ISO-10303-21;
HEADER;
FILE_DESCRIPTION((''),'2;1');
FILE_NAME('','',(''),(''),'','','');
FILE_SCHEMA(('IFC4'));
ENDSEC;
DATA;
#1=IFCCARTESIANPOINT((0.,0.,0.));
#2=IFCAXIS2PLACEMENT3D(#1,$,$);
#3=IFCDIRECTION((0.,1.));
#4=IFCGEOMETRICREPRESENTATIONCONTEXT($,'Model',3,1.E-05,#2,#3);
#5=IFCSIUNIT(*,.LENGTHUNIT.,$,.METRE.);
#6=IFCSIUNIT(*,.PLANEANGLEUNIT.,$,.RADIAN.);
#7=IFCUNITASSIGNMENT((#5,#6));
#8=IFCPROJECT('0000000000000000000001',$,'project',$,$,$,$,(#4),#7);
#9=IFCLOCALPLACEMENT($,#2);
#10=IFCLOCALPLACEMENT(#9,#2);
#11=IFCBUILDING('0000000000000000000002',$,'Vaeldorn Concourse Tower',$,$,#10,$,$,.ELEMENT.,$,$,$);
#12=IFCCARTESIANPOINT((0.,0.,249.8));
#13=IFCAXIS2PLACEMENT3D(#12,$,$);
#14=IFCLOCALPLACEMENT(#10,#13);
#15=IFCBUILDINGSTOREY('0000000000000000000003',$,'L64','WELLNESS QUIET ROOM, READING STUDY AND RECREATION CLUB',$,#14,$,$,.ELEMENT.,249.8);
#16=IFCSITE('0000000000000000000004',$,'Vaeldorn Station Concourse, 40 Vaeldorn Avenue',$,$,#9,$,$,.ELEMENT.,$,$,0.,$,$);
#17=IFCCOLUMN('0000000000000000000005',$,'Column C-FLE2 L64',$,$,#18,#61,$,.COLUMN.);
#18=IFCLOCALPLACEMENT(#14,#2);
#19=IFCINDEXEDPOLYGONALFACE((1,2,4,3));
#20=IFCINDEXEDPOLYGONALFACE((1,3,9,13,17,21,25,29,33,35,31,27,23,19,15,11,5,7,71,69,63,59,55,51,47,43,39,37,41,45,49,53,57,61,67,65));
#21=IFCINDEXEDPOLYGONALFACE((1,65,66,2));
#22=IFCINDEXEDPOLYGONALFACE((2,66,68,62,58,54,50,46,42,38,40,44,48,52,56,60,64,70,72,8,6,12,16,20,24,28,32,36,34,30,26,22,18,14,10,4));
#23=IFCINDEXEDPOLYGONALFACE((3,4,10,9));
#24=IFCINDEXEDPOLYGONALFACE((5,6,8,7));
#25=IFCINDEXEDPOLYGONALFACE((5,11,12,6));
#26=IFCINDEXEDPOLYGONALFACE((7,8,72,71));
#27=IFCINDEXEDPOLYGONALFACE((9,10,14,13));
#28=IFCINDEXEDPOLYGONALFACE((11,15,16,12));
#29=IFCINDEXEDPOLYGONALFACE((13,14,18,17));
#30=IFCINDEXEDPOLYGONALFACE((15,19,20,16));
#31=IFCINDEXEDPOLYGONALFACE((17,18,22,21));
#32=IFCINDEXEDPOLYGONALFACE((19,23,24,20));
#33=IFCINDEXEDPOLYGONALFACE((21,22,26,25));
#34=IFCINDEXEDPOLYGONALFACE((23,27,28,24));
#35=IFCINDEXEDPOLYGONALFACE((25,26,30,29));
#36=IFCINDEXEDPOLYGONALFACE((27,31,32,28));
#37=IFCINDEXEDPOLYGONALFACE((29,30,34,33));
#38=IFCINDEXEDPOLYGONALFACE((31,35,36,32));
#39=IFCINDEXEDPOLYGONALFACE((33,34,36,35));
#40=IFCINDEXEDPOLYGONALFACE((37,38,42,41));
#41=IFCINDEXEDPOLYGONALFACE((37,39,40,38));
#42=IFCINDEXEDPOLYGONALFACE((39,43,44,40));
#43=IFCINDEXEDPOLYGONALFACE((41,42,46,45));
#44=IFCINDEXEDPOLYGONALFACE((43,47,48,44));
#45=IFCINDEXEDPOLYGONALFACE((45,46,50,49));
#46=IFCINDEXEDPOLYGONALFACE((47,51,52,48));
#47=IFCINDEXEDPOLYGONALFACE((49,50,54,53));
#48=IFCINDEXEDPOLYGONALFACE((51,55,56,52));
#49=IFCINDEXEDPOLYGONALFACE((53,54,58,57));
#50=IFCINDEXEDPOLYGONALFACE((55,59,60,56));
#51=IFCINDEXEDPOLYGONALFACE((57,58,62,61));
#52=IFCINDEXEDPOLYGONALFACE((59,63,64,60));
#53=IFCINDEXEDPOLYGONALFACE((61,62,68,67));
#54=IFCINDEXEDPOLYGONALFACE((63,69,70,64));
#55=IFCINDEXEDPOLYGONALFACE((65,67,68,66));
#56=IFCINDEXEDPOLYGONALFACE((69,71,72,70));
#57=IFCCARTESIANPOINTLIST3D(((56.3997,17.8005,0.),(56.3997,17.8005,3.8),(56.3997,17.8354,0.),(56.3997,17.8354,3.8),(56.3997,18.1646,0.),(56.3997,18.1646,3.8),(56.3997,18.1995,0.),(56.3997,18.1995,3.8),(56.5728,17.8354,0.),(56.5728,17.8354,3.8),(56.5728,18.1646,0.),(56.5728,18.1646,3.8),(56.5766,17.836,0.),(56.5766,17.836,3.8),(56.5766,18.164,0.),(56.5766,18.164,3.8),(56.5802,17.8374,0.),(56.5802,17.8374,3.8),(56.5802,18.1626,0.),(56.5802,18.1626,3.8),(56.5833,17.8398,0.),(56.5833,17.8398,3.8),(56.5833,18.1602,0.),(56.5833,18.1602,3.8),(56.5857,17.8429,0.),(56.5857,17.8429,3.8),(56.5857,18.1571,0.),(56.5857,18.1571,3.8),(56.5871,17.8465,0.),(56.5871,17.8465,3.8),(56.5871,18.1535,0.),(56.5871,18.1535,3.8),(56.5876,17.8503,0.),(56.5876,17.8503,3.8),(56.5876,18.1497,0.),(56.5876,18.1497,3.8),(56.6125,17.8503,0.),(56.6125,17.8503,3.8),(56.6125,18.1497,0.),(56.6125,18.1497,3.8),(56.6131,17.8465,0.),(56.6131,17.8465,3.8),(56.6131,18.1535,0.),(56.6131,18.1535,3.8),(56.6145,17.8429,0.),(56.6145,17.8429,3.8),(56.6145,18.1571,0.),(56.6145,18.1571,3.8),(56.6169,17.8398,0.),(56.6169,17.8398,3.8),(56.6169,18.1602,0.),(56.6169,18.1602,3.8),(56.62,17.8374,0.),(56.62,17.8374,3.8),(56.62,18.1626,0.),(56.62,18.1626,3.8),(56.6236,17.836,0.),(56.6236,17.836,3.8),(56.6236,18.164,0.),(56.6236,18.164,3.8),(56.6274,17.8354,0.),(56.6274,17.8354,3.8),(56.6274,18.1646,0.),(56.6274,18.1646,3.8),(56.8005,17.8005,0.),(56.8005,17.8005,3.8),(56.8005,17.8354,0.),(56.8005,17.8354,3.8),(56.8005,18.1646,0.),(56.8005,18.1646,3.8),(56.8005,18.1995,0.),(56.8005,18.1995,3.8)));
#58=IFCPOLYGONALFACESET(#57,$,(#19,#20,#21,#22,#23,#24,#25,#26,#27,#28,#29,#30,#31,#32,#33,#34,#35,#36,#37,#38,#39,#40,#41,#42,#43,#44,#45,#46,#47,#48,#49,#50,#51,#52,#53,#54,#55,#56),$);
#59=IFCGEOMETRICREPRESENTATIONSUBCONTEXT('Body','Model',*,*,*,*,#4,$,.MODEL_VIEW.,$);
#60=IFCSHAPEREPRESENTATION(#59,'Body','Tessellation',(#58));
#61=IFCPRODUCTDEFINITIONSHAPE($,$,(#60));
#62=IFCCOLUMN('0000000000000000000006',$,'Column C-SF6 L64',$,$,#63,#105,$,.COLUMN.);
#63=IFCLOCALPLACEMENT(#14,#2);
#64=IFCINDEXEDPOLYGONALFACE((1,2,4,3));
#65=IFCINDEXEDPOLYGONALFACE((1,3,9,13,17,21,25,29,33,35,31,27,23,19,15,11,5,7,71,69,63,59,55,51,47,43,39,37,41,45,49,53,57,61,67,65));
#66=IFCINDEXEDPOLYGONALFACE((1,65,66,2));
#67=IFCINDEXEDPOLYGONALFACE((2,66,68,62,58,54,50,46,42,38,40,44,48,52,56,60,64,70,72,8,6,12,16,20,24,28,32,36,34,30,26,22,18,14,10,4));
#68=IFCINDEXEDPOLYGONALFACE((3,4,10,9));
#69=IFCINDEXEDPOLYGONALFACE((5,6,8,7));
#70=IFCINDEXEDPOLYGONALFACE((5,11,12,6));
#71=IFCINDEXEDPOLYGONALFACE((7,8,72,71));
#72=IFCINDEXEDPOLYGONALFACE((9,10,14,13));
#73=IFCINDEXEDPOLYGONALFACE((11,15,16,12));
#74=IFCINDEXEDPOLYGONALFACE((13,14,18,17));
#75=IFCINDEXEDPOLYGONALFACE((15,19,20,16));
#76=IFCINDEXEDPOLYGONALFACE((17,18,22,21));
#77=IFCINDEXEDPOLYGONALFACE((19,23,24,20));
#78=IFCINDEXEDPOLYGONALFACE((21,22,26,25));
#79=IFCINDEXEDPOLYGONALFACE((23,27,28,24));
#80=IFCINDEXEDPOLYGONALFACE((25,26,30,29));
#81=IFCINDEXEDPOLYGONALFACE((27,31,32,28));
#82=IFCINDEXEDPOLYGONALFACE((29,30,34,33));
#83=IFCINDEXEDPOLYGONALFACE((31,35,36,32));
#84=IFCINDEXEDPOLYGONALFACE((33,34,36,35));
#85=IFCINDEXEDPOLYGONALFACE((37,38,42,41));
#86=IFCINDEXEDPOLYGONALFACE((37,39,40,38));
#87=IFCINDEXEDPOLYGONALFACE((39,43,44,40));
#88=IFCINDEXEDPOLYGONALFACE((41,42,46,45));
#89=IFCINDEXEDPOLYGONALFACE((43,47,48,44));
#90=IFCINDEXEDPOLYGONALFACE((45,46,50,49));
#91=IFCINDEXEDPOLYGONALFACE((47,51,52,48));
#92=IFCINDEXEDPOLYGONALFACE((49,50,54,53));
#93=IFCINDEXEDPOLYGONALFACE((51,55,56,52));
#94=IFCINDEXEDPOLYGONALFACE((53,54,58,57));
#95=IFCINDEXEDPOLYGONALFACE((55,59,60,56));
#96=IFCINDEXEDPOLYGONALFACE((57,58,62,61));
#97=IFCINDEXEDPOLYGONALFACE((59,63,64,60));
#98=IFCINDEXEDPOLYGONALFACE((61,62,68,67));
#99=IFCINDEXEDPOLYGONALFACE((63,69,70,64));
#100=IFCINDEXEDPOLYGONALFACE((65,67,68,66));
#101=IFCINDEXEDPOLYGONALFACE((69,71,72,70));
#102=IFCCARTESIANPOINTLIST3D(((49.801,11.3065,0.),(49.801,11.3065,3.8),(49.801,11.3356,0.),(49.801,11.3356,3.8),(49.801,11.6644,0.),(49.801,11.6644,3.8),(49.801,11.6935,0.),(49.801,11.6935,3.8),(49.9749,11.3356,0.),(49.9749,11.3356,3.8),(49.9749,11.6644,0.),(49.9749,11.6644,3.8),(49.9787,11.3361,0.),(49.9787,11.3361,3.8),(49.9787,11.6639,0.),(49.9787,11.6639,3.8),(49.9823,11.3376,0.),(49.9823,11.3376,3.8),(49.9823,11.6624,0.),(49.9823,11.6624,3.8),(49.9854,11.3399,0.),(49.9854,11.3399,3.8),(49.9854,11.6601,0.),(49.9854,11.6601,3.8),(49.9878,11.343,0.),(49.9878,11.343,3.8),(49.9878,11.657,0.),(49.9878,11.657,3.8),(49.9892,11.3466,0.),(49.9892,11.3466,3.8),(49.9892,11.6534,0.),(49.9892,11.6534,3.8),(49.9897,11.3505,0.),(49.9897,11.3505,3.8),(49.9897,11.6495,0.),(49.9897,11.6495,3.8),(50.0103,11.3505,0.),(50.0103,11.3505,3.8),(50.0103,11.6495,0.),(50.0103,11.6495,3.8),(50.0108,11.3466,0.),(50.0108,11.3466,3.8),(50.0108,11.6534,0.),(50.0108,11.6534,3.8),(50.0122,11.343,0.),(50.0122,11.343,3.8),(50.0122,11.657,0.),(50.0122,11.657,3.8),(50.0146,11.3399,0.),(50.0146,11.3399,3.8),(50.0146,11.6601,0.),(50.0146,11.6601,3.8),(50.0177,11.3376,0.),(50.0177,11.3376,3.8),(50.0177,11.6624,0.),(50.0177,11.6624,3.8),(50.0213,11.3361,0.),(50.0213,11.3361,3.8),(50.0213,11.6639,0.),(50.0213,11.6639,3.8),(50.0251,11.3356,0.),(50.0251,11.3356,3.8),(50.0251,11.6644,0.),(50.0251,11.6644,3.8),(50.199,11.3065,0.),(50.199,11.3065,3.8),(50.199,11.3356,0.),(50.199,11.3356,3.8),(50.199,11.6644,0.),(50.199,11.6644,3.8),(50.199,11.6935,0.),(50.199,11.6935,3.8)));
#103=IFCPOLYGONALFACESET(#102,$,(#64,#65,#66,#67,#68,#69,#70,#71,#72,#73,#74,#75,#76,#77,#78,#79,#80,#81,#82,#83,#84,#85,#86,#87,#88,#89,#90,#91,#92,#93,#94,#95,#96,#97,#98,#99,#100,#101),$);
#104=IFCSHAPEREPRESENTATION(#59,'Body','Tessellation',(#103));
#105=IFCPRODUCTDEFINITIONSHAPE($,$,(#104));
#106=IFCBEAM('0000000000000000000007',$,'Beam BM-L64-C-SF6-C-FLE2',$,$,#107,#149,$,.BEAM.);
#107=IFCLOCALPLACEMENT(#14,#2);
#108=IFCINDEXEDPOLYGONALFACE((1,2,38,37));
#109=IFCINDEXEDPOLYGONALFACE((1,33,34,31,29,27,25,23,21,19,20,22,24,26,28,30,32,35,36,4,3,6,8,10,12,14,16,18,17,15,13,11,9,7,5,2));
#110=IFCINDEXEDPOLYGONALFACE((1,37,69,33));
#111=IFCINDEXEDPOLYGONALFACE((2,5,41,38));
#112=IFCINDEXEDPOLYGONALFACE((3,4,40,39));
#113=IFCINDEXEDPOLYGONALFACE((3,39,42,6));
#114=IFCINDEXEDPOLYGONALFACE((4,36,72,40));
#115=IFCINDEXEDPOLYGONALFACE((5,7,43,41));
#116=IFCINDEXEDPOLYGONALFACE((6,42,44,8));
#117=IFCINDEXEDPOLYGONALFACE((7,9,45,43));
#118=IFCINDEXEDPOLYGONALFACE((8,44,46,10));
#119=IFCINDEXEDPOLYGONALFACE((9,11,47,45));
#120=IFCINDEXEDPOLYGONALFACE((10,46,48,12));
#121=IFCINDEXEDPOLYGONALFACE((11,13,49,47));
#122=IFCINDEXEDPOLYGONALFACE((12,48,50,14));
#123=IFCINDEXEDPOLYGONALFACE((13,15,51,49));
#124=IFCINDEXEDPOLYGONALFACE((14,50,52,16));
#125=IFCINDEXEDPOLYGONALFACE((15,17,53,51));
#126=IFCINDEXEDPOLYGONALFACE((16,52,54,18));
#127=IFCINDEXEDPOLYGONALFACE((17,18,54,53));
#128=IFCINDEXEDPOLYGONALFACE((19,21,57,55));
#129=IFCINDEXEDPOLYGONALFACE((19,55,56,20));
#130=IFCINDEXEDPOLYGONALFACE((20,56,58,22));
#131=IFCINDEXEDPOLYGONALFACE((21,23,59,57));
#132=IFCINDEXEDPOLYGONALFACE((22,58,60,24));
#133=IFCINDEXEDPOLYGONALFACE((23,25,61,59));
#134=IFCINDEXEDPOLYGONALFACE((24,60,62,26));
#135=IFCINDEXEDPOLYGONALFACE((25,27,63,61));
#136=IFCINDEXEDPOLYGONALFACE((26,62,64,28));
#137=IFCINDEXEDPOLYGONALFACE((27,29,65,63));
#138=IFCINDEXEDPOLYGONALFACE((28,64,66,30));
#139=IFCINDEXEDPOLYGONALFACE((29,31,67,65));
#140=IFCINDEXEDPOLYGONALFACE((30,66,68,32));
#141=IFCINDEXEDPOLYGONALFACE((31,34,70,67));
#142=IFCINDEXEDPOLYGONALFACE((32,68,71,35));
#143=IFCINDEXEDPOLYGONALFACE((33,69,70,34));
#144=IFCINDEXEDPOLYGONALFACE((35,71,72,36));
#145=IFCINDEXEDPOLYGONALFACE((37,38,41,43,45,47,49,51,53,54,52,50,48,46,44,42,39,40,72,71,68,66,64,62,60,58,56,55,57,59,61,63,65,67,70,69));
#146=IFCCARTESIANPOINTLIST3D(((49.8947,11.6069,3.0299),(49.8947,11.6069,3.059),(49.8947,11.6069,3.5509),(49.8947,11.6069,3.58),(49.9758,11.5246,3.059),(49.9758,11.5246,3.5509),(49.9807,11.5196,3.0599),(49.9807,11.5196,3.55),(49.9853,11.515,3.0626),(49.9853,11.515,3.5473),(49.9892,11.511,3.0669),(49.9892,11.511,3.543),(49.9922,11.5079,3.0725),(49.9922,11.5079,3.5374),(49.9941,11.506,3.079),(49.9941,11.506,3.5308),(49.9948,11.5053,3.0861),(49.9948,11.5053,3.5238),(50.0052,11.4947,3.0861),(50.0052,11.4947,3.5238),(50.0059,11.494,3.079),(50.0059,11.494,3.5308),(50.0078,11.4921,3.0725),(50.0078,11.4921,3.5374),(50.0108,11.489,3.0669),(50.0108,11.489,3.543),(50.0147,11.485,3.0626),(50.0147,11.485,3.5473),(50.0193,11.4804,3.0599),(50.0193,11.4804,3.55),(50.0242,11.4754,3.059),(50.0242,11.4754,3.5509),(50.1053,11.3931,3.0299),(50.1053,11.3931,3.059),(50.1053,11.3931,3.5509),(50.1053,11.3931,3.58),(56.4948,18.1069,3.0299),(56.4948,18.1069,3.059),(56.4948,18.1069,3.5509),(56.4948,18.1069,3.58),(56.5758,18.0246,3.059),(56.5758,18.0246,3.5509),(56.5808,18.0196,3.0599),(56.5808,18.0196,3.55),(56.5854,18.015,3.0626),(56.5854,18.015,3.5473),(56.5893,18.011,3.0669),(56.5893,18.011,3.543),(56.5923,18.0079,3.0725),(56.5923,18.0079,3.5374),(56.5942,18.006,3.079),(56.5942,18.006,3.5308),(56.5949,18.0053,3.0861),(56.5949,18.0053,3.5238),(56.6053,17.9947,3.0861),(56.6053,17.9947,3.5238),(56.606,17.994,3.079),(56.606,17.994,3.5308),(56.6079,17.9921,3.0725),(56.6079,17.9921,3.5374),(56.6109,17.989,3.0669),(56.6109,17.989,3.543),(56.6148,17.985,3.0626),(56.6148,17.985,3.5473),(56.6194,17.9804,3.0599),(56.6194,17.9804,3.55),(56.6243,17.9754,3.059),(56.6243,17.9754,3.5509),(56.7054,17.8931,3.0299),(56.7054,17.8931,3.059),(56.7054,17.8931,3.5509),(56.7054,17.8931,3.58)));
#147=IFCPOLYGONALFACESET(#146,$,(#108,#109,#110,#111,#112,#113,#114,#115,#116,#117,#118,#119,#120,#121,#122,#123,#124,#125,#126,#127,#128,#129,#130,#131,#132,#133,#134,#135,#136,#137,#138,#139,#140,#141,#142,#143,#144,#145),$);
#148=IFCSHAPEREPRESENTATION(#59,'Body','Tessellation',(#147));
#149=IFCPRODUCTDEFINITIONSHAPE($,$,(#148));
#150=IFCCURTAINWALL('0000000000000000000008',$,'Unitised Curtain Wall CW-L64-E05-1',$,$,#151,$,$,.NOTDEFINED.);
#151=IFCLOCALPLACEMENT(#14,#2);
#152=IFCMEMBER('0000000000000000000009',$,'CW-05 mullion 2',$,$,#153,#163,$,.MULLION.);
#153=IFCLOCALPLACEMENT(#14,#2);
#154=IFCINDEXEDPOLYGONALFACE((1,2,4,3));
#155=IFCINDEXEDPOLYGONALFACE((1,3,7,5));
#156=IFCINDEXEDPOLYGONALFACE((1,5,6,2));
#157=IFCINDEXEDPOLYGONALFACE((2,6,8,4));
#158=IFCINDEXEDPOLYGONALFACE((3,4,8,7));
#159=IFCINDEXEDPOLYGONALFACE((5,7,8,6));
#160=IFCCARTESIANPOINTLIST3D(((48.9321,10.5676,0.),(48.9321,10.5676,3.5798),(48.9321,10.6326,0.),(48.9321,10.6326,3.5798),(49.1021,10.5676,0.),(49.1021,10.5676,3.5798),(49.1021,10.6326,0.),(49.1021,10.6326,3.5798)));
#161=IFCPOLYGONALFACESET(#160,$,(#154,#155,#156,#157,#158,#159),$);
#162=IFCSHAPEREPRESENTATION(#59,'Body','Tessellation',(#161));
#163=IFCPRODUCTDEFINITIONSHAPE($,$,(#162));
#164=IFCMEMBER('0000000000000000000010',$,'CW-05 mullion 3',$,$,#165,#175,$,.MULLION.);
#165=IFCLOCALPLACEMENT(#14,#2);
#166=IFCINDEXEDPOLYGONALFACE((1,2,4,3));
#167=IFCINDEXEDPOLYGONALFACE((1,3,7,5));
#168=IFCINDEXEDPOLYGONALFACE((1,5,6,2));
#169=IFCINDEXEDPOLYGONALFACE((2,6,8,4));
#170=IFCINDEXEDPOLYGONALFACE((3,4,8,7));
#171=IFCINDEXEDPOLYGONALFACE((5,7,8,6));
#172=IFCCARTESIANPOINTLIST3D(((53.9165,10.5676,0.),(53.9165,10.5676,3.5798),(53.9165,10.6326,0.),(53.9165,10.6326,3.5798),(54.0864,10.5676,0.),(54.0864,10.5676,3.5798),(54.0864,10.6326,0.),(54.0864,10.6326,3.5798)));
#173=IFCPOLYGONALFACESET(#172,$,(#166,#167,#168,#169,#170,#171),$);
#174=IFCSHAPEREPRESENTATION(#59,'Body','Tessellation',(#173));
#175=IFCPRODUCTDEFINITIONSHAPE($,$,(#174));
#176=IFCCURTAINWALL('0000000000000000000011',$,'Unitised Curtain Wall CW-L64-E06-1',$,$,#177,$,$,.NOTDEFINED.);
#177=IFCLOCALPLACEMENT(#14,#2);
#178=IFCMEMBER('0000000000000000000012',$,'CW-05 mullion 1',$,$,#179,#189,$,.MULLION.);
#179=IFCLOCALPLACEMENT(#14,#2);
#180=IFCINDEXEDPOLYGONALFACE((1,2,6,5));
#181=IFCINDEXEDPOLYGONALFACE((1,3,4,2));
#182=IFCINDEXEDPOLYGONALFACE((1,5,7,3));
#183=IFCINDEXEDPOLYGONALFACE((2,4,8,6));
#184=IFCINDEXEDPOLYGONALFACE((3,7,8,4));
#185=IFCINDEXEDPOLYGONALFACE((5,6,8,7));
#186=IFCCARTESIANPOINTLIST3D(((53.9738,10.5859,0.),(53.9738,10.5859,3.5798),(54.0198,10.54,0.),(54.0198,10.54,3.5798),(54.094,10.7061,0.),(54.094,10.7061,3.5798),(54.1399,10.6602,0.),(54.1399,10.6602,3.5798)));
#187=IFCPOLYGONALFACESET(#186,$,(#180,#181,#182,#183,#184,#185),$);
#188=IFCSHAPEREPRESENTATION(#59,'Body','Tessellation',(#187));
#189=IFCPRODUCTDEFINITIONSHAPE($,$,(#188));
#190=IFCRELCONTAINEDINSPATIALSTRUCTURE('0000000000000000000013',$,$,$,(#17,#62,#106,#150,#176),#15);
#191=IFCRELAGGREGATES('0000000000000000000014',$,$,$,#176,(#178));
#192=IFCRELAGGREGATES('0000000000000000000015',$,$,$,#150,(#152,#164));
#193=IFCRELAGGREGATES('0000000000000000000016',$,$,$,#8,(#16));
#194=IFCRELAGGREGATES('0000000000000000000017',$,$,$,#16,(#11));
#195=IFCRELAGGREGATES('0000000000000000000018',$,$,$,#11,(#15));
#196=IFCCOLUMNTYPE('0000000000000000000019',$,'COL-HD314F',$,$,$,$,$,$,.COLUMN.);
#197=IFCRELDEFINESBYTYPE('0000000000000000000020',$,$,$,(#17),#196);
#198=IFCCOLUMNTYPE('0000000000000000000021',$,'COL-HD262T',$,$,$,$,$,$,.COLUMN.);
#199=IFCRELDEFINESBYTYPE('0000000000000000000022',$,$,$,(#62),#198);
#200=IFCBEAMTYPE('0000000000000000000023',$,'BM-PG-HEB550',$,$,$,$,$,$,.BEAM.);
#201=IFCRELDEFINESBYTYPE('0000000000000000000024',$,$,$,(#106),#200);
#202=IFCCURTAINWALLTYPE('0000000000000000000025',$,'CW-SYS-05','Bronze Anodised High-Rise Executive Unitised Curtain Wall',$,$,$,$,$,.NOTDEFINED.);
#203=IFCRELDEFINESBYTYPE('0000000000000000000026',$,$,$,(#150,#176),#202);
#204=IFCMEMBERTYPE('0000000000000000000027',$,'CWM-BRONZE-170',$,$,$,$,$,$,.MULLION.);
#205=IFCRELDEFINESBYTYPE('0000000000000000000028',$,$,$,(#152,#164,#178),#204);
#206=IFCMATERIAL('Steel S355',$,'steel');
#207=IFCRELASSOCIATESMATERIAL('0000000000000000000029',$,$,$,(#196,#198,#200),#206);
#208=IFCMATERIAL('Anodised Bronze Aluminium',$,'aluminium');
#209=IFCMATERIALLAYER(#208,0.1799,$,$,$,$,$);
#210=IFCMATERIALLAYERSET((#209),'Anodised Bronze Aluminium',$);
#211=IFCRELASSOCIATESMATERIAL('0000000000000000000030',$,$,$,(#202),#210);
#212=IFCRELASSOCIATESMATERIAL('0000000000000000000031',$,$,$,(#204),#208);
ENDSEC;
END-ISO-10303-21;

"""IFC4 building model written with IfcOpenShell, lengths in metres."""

from ifc_helpers import new_model, si_unit, direction, frame, origin, origin_2d, place, context, subcontext, project, spatial, rectangle, i_section, extrude, source, transform, mapped, material, layer, layer_set, material_profile, profile_set, type_object, element, aggregate, save


model = new_model("IFC4")

# Units and contexts
model_context = context("Model", 3, precision=1e-05, world=origin(), true_north=direction((0.0, 1.0)))
body_context = subcontext(model_context, "Body", "Model", "MODEL_VIEW")
ifc_project = project(units=[si_unit("LENGTHUNIT", "METRE"), si_unit("PLANEANGLEUNIT", "RADIAN")], contexts=[model_context])

# Site, building, storey
site_placement = place(None, origin())
site = spatial("IfcSite", under=ifc_project, at=site_placement, Name="Vaeldorn Station Concourse, 40 Vaeldorn Avenue", CompositionType="ELEMENT", RefElevation=0.0)
building_placement = place(site_placement, origin())
building = spatial("IfcBuilding", under=site, at=building_placement, Name="Vaeldorn Concourse Tower", CompositionType="ELEMENT")
storey_placement = place(building_placement, frame((0.0, 0.0, 249.8)))
storey = spatial("IfcBuildingStorey", under=building, at=storey_placement, Name="L64", Description="WELLNESS QUIET ROOM, READING STUDY AND RECREATION CLUB", CompositionType="ELEMENT", Elevation=249.8)

# Columns
ifc_material_1 = material(Name="Steel S355", Category="steel")
ifc_material_profile_1 = material_profile(ifc_material_1, i_section(OverallWidth=0.4009, OverallDepth=0.3989, WebThickness=0.0249, FlangeThickness=0.0349, FilletRadius=0.0149, at=origin_2d()), Name="HD 400x314")
ifc_profile_set_1 = profile_set([ifc_material_profile_1], Name="Steel S355")
column_type_1 = type_object("IfcColumnType", Name="COL-HD314F", PredefinedType="COLUMN", material=ifc_profile_set_1)
shared_shape_1 = source(origin(), body_context, "Body", "SweptSolid", [
    extrude(i_section(OverallWidth=0.4009, OverallDepth=0.3989, WebThickness=0.0249, FlangeThickness=0.0349, FilletRadius=0.0149, at=origin_2d()), origin(), (0.0, 0.0, 1.0), 3.8),
])
column_1_placement = place(storey_placement, frame((56.6001, 18.0, 0.0), z_axis=(0.0, 0.0, 1.0), x_axis=(1.0, 0.0, 0.0)))
element("IfcColumn", 1, at=column_1_placement, inside=storey, type_object=column_type_1, Name="Column C-FLE2 L64", PredefinedType="COLUMN", context=body_context, shape_type="MappedRepresentation", body=[
    mapped(shared_shape_1, transform((0.0, 0.0, 0.0), scale=1.0)),
])
ifc_material_profile_2 = material_profile(ifc_material_1, i_section(OverallWidth=0.3979, OverallDepth=0.387, WebThickness=0.0205, FlangeThickness=0.0291, FilletRadius=0.0149, at=origin_2d()), Name="HD 400x262")
ifc_profile_set_2 = profile_set([ifc_material_profile_2], Name="Steel S355")
column_type_2 = type_object("IfcColumnType", Name="COL-HD262T", PredefinedType="COLUMN", material=ifc_profile_set_2)
shared_shape_2 = source(origin(), body_context, "Body", "SweptSolid", [
    extrude(i_section(OverallWidth=0.3979, OverallDepth=0.387, WebThickness=0.0205, FlangeThickness=0.0291, FilletRadius=0.0149, at=origin_2d()), origin(), (0.0, 0.0, 1.0), 3.8),
])
column_2_placement = place(storey_placement, frame((50.0, 11.5, 0.0), z_axis=(0.0, 0.0, 1.0), x_axis=(1.0, 0.0, 0.0)))
element("IfcColumn", 2, at=column_2_placement, inside=storey, type_object=column_type_2, Name="Column C-SF6 L64", PredefinedType="COLUMN", context=body_context, shape_type="MappedRepresentation", body=[
    mapped(shared_shape_2, transform((0.0, 0.0, 0.0), scale=1.0)),
])

# Beam
ifc_material_profile_3 = material_profile(ifc_material_1, i_section(OverallWidth=0.3, OverallDepth=0.55, WebThickness=0.0149, FlangeThickness=0.0291, FilletRadius=0.0271, at=origin_2d()), Name="HEB 550")
ifc_profile_set_3 = profile_set([ifc_material_profile_3], Name="Steel S355")
beam_type = type_object("IfcBeamType", Name="BM-PG-HEB550", PredefinedType="BEAM", material=ifc_profile_set_3)
shared_shape_3 = source(origin(), body_context, "Body", "SweptSolid", [
    extrude(i_section(OverallWidth=0.3, OverallDepth=0.55, WebThickness=0.0149, FlangeThickness=0.0291, FilletRadius=0.0271, at=origin_2d()), origin(), (0.0, 0.0, 1.0), 9.2634),
])
beam_placement = place(storey_placement, frame((50.0, 11.5, 3.3049), z_axis=(0.712489, 0.701683, 0.0), x_axis=(-0.701683, 0.712489, 0.0)))
element("IfcBeam", 3, at=beam_placement, inside=storey, type_object=beam_type, Name="Beam BM-L64-C-SF6-C-FLE2", PredefinedType="BEAM", context=body_context, shape_type="MappedRepresentation", body=[
    mapped(shared_shape_3, transform((0.0, 0.0, 0.0), scale=1.0)),
])

# Curtain walls, members
ifc_material_2 = material(Name="Anodised Bronze Aluminium", Category="aluminium")
ifc_layer_1 = layer(ifc_material_2, 0.1799)
ifc_layer_set_1 = layer_set([ifc_layer_1], Name="Anodised Bronze Aluminium")
curtain_wall_type = type_object("IfcCurtainWallType", Name="CW-SYS-05", Description="Bronze Anodised High-Rise Executive Unitised Curtain Wall", PredefinedType="NOTDEFINED", material=ifc_layer_set_1)
curtain_wall_1_placement = place(storey_placement, origin())
curtain_wall_1 = element("IfcCurtainWall", 4, at=curtain_wall_1_placement, inside=storey, type_object=curtain_wall_type, Name="Unitised Curtain Wall CW-L64-E05-1", PredefinedType="NOTDEFINED")
ifc_material_profile_4 = material_profile(ifc_material_2, rectangle(XDim=0.0649, YDim=0.1699, at=origin_2d()), Name="CWM 65x170")
ifc_profile_set_4 = profile_set([ifc_material_profile_4], Name="Anodised Bronze Aluminium")
member_type_1 = type_object("IfcMemberType", Name="CWM-BRONZE-170", PredefinedType="MULLION", material=ifc_profile_set_4)
shared_shape_4 = source(origin(), body_context, "Body", "SweptSolid", [
    extrude(rectangle(XDim=0.0649, YDim=0.1699, at=origin_2d()), origin(), (0.0, 0.0, 1.0), 3.5798),
])
member_1_placement = place(storey_placement, frame((49.0171, 10.6001, 0.0), z_axis=(0.0, 0.0, 1.0), x_axis=(0.0, 1.0, 0.0)))
member_1 = element("IfcMember", 5, at=member_1_placement, type_object=member_type_1, Name="CW-05 mullion 2", PredefinedType="MULLION", context=body_context, shape_type="MappedRepresentation", body=[
    mapped(shared_shape_4, transform((0.0, 0.0, 0.0), scale=1.0)),
])
member_2_placement = place(storey_placement, frame((54.0015, 10.6001, 0.0), z_axis=(0.0, 0.0, 1.0), x_axis=(0.0, 1.0, 0.0)))
member_2 = element("IfcMember", 6, at=member_2_placement, type_object=member_type_1, Name="CW-05 mullion 3", PredefinedType="MULLION", context=body_context, shape_type="MappedRepresentation", body=[
    mapped(shared_shape_4, transform((0.0, 0.0, 0.0), scale=1.0)),
])
curtain_wall_2_placement = place(storey_placement, origin())
curtain_wall_2 = element("IfcCurtainWall", 7, at=curtain_wall_2_placement, inside=storey, type_object=curtain_wall_type, Name="Unitised Curtain Wall CW-L64-E06-1", PredefinedType="NOTDEFINED")
member_3_placement = place(storey_placement, frame((54.0569, 10.623, 0.0), z_axis=(0.0, 0.0, 1.0), x_axis=(-0.707107, 0.707107, 0.0)))
member_3 = element("IfcMember", 8, at=member_3_placement, type_object=member_type_1, Name="CW-05 mullion 1", PredefinedType="MULLION", context=body_context, shape_type="MappedRepresentation", body=[
    mapped(shared_shape_4, transform((0.0, 0.0, 0.0), scale=1.0)),
])

aggregate(curtain_wall_2, [member_3])
aggregate(curtain_wall_1, [member_1, member_2])

save(model, "model.ifc")
